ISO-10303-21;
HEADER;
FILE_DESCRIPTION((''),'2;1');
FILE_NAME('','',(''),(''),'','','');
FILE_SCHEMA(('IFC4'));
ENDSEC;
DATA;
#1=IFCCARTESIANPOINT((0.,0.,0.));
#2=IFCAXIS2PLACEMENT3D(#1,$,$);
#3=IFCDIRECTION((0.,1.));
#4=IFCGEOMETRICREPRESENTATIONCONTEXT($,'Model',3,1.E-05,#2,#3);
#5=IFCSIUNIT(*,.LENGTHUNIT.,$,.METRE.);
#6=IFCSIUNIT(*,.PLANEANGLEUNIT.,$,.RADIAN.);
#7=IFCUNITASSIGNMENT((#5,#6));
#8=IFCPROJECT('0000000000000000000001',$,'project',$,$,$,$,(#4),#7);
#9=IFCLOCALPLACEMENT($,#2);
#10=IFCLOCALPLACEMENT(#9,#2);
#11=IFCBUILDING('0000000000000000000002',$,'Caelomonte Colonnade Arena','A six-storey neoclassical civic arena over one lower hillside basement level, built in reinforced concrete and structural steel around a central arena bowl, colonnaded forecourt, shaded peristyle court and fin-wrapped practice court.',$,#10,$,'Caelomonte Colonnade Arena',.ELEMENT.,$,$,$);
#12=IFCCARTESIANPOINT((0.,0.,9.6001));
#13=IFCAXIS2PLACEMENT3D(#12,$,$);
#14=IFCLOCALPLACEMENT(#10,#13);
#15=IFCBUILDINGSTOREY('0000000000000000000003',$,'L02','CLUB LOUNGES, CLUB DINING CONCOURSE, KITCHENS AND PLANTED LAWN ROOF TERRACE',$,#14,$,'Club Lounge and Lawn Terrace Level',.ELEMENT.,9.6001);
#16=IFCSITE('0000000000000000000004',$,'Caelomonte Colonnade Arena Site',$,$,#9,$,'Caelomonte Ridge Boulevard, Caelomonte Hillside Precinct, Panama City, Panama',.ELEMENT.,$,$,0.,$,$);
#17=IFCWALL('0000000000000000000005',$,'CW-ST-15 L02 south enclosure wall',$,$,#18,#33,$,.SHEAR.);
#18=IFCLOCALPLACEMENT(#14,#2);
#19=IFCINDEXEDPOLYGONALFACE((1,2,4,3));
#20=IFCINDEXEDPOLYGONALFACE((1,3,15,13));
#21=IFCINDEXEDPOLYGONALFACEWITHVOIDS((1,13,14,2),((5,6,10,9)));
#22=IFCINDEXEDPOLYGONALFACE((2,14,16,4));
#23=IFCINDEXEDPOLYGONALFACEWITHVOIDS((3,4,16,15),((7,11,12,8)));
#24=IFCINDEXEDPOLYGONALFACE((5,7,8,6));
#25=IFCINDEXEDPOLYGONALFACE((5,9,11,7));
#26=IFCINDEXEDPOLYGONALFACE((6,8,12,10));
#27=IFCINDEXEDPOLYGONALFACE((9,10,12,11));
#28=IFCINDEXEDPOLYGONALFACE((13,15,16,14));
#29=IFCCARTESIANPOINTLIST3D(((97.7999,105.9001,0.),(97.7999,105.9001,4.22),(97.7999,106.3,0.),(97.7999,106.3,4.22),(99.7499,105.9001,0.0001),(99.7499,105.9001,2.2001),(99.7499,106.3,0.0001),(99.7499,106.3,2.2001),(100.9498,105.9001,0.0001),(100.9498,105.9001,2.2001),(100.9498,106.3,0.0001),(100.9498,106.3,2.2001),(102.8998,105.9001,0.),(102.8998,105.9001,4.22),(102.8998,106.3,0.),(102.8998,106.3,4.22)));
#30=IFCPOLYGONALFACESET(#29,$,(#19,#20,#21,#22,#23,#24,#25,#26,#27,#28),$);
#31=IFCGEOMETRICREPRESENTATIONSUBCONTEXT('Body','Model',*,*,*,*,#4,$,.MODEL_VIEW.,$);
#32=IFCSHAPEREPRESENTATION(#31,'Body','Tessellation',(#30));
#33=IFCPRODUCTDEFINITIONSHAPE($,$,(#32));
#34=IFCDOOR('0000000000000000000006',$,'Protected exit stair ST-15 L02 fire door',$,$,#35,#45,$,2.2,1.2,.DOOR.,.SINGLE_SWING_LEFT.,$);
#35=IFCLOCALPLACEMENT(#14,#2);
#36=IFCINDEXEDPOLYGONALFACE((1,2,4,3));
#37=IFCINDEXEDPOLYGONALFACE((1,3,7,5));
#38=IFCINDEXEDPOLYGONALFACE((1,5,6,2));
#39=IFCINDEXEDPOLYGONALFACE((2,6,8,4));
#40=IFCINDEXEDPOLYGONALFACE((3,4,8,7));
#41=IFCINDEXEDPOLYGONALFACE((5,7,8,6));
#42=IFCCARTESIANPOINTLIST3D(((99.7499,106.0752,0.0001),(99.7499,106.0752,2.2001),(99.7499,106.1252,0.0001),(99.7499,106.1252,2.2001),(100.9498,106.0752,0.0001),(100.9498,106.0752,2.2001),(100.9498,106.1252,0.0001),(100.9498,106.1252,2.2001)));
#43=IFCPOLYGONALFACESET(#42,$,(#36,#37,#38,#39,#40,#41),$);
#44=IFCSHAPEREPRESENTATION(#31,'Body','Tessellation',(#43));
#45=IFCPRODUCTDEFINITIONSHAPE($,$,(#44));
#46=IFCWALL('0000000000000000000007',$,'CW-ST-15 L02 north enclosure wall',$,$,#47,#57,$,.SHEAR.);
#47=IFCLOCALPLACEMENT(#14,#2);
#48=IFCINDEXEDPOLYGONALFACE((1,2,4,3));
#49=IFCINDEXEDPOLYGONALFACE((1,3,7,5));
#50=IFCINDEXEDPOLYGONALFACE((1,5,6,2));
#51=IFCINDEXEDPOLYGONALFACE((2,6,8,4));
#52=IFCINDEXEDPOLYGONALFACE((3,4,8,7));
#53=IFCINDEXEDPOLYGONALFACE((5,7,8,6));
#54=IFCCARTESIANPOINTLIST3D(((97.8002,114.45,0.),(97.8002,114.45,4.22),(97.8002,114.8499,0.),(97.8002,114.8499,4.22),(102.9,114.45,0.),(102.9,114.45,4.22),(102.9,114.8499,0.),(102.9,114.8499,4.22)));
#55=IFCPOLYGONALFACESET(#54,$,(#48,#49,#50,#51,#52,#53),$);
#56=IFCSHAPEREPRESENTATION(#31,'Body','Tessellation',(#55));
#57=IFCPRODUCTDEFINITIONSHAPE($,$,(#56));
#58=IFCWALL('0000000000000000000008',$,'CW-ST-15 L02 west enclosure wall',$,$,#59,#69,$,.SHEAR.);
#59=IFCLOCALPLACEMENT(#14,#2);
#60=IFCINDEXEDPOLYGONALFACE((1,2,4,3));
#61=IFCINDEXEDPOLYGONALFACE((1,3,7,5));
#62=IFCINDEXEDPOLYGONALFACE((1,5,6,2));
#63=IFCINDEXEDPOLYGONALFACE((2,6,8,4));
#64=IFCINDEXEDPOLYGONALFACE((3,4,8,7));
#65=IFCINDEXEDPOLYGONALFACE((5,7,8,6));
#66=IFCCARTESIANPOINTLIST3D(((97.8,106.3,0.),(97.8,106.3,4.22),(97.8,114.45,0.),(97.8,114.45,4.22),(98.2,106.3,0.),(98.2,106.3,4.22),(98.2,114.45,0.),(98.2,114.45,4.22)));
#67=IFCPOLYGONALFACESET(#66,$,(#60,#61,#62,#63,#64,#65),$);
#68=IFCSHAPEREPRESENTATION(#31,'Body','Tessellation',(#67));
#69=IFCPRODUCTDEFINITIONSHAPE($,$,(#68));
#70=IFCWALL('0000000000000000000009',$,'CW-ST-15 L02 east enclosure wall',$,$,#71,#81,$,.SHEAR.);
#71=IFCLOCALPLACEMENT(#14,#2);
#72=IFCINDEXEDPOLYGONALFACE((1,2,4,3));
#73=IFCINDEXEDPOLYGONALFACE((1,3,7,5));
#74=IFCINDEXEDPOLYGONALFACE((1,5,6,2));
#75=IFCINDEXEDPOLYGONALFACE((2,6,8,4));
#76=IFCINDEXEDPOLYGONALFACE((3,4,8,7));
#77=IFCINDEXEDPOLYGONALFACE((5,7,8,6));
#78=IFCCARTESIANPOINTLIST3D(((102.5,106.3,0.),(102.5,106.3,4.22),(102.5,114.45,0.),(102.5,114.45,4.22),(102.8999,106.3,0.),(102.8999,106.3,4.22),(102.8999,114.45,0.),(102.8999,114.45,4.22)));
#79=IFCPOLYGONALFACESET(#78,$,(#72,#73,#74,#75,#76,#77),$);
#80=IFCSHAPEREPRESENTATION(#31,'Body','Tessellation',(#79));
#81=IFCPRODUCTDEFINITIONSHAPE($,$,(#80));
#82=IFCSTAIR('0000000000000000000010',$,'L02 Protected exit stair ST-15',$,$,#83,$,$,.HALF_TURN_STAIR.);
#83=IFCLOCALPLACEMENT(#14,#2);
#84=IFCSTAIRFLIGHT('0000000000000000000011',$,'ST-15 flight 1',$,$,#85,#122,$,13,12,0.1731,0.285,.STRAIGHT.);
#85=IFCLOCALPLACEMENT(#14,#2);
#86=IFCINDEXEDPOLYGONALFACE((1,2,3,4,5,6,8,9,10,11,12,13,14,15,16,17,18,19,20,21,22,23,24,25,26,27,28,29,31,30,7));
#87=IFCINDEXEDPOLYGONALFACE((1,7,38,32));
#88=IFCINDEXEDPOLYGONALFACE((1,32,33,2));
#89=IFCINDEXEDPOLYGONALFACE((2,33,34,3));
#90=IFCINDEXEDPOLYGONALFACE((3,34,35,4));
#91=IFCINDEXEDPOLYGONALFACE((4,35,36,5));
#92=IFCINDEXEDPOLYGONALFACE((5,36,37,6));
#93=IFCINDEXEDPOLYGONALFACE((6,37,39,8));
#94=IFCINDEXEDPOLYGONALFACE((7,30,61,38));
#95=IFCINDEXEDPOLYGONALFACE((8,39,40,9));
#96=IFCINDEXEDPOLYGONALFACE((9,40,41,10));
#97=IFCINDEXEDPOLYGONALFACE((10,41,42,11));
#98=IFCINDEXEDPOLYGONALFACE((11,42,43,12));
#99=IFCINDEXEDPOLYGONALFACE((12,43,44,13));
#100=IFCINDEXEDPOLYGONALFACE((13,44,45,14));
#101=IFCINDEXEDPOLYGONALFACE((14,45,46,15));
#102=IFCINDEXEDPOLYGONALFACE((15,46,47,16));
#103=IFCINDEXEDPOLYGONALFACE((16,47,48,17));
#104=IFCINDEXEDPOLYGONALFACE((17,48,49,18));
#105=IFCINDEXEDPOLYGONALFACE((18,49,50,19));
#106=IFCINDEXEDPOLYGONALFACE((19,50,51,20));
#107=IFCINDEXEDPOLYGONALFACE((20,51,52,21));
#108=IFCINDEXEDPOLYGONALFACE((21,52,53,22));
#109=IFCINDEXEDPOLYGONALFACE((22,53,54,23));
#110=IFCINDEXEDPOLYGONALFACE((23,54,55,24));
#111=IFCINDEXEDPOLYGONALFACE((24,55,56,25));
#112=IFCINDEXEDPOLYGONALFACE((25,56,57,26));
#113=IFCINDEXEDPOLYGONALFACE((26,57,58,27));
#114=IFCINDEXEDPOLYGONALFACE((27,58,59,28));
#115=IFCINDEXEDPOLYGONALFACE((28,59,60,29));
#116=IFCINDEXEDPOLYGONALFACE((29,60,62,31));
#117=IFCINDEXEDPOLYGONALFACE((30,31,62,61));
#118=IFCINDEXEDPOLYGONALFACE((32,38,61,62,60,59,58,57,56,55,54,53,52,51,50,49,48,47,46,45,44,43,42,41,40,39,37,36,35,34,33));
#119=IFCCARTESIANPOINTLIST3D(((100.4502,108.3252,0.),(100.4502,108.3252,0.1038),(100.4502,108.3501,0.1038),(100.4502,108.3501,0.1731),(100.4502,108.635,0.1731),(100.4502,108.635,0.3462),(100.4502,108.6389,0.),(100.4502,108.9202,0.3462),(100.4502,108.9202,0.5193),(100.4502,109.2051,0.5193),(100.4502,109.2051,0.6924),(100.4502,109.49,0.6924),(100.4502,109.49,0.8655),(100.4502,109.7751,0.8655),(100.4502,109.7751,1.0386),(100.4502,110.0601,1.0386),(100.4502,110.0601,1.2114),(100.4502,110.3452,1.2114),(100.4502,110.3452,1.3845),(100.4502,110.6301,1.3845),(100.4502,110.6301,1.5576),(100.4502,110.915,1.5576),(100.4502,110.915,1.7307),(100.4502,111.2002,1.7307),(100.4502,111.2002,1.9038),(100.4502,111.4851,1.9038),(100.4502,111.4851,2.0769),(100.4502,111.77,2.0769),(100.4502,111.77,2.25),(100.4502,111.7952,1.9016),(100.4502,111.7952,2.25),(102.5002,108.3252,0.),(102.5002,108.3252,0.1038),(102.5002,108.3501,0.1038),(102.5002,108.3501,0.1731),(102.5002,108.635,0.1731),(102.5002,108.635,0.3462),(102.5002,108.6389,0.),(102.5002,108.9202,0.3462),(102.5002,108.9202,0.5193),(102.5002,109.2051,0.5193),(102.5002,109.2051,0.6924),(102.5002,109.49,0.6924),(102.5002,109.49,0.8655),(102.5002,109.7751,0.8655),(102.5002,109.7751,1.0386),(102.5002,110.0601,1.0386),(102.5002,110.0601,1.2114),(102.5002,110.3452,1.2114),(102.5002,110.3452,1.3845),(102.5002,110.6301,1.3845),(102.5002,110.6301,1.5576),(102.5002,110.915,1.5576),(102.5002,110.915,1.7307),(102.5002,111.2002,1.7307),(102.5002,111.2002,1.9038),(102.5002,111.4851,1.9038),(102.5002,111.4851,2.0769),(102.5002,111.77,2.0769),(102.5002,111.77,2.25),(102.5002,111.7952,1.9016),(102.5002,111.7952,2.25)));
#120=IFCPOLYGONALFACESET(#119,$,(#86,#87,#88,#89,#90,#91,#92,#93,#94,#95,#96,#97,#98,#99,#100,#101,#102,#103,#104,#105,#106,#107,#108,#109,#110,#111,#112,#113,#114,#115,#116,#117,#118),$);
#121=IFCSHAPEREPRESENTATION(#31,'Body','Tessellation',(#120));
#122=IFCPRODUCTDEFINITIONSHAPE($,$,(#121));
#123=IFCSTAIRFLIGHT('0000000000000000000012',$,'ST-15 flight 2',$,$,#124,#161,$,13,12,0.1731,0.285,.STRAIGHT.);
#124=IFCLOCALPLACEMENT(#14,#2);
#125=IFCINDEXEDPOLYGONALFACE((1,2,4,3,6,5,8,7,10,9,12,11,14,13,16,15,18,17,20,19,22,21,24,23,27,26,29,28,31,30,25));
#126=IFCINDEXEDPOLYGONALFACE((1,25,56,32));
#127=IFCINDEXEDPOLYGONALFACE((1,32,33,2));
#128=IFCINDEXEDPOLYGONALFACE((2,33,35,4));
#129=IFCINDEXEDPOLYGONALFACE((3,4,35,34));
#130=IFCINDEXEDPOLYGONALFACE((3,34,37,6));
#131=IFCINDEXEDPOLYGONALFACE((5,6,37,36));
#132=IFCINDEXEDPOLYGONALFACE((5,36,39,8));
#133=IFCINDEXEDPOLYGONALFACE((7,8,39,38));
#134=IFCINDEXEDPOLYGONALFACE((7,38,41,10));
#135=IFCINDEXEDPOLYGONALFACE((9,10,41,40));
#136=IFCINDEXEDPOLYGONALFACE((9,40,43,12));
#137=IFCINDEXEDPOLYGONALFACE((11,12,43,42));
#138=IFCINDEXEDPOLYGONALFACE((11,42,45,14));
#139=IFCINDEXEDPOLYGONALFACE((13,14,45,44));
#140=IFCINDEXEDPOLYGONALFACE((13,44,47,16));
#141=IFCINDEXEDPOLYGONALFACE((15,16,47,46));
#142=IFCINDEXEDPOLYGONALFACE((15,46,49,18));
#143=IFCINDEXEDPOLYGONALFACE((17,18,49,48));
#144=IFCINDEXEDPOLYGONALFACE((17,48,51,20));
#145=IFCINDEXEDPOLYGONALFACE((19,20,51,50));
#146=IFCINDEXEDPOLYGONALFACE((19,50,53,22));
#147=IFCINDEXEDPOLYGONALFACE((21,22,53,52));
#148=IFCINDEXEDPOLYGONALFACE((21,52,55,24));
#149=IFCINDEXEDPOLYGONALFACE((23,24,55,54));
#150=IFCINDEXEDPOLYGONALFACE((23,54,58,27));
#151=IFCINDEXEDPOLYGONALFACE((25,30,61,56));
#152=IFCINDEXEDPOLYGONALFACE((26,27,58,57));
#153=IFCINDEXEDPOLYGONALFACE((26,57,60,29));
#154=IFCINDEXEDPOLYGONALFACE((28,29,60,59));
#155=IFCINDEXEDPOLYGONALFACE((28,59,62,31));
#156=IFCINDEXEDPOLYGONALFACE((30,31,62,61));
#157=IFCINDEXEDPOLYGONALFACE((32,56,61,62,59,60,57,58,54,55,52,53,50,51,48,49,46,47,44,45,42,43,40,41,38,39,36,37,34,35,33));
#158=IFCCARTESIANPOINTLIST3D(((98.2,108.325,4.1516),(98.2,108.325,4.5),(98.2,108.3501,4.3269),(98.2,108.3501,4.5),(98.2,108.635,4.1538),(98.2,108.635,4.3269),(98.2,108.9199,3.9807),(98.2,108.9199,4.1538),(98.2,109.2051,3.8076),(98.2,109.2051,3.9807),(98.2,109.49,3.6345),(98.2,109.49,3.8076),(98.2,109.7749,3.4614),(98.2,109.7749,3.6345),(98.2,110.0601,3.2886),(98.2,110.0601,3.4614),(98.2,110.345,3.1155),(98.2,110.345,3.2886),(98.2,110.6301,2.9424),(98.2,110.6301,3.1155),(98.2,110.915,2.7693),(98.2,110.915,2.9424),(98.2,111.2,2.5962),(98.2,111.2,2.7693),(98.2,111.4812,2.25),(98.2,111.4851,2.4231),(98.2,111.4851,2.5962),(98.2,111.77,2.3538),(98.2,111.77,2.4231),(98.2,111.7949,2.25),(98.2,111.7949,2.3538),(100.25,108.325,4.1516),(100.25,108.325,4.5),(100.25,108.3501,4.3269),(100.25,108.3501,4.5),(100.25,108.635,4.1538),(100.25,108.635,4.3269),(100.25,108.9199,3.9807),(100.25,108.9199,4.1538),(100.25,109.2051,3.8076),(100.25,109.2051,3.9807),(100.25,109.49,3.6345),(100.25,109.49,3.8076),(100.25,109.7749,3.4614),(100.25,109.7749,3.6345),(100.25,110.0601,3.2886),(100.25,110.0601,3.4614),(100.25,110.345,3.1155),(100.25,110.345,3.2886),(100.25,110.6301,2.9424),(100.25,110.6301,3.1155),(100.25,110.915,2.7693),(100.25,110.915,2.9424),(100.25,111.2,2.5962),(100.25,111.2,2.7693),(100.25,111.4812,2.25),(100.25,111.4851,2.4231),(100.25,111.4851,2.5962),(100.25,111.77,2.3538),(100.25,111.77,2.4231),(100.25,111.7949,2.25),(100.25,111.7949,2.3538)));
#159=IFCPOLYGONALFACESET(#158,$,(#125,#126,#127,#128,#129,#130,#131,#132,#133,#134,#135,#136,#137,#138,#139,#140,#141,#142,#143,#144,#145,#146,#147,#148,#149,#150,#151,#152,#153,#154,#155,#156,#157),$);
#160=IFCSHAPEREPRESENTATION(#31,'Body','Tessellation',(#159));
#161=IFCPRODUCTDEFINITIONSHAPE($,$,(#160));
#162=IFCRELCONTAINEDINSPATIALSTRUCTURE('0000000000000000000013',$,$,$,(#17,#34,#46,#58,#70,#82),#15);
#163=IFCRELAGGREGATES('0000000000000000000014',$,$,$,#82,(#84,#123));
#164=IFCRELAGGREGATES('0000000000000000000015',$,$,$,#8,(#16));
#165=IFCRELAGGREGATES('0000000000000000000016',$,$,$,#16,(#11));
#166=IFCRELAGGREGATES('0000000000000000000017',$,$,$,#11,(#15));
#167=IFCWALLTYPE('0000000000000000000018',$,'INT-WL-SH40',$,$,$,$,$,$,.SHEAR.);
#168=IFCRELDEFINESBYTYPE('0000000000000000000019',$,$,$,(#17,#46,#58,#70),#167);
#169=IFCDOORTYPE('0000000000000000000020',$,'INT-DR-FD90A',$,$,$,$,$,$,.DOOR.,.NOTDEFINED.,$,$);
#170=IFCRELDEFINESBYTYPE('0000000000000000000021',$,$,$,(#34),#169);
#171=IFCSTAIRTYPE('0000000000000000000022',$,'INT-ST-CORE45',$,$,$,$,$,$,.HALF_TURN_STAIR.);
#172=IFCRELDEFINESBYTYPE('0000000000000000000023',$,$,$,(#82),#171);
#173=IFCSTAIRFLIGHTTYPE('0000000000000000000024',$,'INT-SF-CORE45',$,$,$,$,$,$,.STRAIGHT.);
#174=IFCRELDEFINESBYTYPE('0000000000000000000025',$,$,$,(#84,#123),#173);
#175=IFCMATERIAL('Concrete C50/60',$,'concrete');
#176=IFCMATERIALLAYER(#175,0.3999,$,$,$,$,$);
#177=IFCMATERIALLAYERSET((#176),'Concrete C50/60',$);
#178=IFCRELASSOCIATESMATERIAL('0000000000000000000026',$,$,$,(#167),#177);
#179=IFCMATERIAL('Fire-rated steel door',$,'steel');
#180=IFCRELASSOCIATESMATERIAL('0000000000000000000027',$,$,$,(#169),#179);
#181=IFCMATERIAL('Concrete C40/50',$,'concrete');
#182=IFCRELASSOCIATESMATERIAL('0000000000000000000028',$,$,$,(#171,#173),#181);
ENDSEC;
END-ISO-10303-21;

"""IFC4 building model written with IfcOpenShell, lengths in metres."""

from ifc_helpers import new_model, si_unit, direction, frame, frame_2d, origin, place, context, subcontext, project, spatial, polyline, rectangle, outline, extrude, material, layer, layer_set, type_object, element, fill, aggregate, save


model = new_model("IFC4")

# Units and contexts
model_context = context("Model", 3, precision=1e-05, world=origin(), true_north=direction((0.0, 1.0)))
body_context = subcontext(model_context, "Body", "Model", "MODEL_VIEW")
ifc_project = project(units=[si_unit("LENGTHUNIT", "METRE"), si_unit("PLANEANGLEUNIT", "RADIAN")], contexts=[model_context])

# Site, building, storey
site_placement = place(None, origin())
site = spatial("IfcSite", under=ifc_project, at=site_placement, Name="Caelomonte Colonnade Arena Site", LongName="Caelomonte Ridge Boulevard, Caelomonte Hillside Precinct, Panama City, Panama", CompositionType="ELEMENT", RefElevation=0.0)
building_placement = place(site_placement, origin())
building = spatial("IfcBuilding", under=site, at=building_placement, Name="Caelomonte Colonnade Arena", Description="A six-storey neoclassical civic arena over one lower hillside basement level, built in reinforced concrete and structural steel around a central arena bowl, colonnaded forecourt, shaded peristyle court and fin-wrapped practice court.", LongName="Caelomonte Colonnade Arena", CompositionType="ELEMENT")
storey_placement = place(building_placement, frame((0.0, 0.0, 9.6001)))
storey = spatial("IfcBuildingStorey", under=building, at=storey_placement, Name="L02", Description="CLUB LOUNGES, CLUB DINING CONCOURSE, KITCHENS AND PLANTED LAWN ROOF TERRACE", LongName="Club Lounge and Lawn Terrace Level", CompositionType="ELEMENT", Elevation=9.6001)

# Wall, opening, door
ifc_material_1 = material(Name="Concrete C50/60", Category="concrete")
ifc_layer_1 = layer(ifc_material_1, 0.3999)
ifc_layer_set_1 = layer_set([ifc_layer_1], Name="Concrete C50/60")
wall_type_1 = type_object("IfcWallType", Name="INT-WL-SH40", PredefinedType="SHEAR", material=ifc_layer_set_1)
wall_1_placement = place(storey_placement, frame((97.8, 106.1001, 0.0), z_axis=(0.0, 0.0, 1.0), x_axis=(1.0, 0.0, 0.0)))
wall_1 = element("IfcWall", 1, at=wall_1_placement, inside=storey, type_object=wall_type_1, Name="CW-ST-15 L02 south enclosure wall", PredefinedType="SHEAR", context=body_context, shape_type="SweptSolid", body=[
    extrude(rectangle(XDim=5.0999, YDim=0.3999, at=frame_2d((2.5498, 0.0))), origin(), (0.0, 0.0, 1.0), 4.22),
])
opening_placement = place(wall_1_placement, frame((3.1499, 0.0, 0.0), z_axis=(0.0, 0.0, 1.0), x_axis=(-1.0, 0.0, 0.0)))
opening = element("IfcOpeningElement", 2, at=opening_placement, cuts=wall_1, PredefinedType="OPENING", context=body_context, shape_type="SweptSolid", body=[
    extrude(rectangle(XDim=1.2, YDim=2.2, at=frame_2d((0.6001, 1.1001))), frame((0.0, 0.21, 0.0), z_axis=(0.0, -1.0, 0.0), x_axis=(1.0, 0.0, 0.0)), (0.0, 0.0, 1.0), 0.4199),
])
ifc_material_2 = material(Name="Fire-rated steel door", Category="steel")
door_type = type_object("IfcDoorType", Name="INT-DR-FD90A", OperationType="NOTDEFINED", PredefinedType="DOOR", material=ifc_material_2)
door_placement = place(opening_placement, origin())
door = element("IfcDoor", 3, at=door_placement, inside=storey, type_object=door_type, Name="Protected exit stair ST-15 L02 fire door", OperationType="SINGLE_SWING_LEFT", OverallHeight=2.2, OverallWidth=1.2, PredefinedType="DOOR", context=body_context, shape_type="SweptSolid", body=[
    extrude(rectangle(XDim=1.2, YDim=2.2, at=frame_2d((0.6001, 1.1001))), frame((0.0, 0.0249, 0.0), z_axis=(0.0, -1.0, 0.0), x_axis=(1.0, 0.0, 0.0)), (0.0, 0.0, 1.0), 0.05),
])
fill(opening, door)

# Walls
wall_2_placement = place(storey_placement, frame((102.8999, 114.6499, 0.0), z_axis=(0.0, 0.0, 1.0), x_axis=(-1.0, 0.0, 0.0)))
element("IfcWall", 4, at=wall_2_placement, inside=storey, type_object=wall_type_1, Name="CW-ST-15 L02 north enclosure wall", PredefinedType="SHEAR", context=body_context, shape_type="SweptSolid", body=[
    extrude(rectangle(XDim=5.0999, YDim=0.3999, at=frame_2d((2.5498, 0.0))), origin(), (0.0, 0.0, 1.0), 4.22),
])
for number, where, z_axis, x_axis, name in (
    (5, (98.0, 114.45, 0.0), (0.0, 0.0, 1.0), (0.0, -1.0, 0.0), "CW-ST-15 L02 west enclosure wall"),
    (6, (102.7, 106.3, 0.0), (0.0, 0.0, 1.0), (0.0, 1.0, 0.0), "CW-ST-15 L02 east enclosure wall"),
):
    element("IfcWall", number, at=place(storey_placement, frame(where, z_axis=z_axis, x_axis=x_axis)), inside=storey, type_object=wall_type_1, Name=name, PredefinedType="SHEAR", context=body_context, shape_type="SweptSolid", body=[
        extrude(rectangle(XDim=8.1499, YDim=0.3999, at=frame_2d((4.075, 0.0))), origin(), (0.0, 0.0, 1.0), 4.22),
    ])

# Stair, stair flights
ifc_material_3 = material(Name="Concrete C40/50", Category="concrete")
stair_type = type_object("IfcStairType", Name="INT-ST-CORE45", PredefinedType="HALF_TURN_STAIR", material=ifc_material_3)
stair_placement = place(storey_placement, origin())
stair = element("IfcStair", 7, at=stair_placement, inside=storey, type_object=stair_type, Name="L02 Protected exit stair ST-15", PredefinedType="HALF_TURN_STAIR")
stair_flight_type = type_object("IfcStairFlightType", Name="INT-SF-CORE45", PredefinedType="STRAIGHT", material=ifc_material_3)
stair_flight_1_placement = place(storey_placement, frame((101.4751, 108.3501, 0.0), z_axis=(0.0, 0.0, 1.0), x_axis=(0.0, 1.0, 0.0)))
stair_flight_1 = element("IfcStairFlight", 8, at=stair_flight_1_placement, type_object=stair_flight_type, Name="ST-15 flight 1", NumberOfRisers=13, NumberOfTreads=12, PredefinedType="STRAIGHT", RiserHeight=0.1731, TreadLength=0.285, context=body_context, shape_type="SweptSolid", body=[
    extrude(outline(polyline([(-0.0249, 0.0), (-0.0249, 0.1038), (0.0, 0.1038), (0.0, 0.1731), (0.2849, 0.1731), (0.2849, 0.3462), (0.5701, 0.3462), (0.5701, 0.5193), (0.855, 0.5193), (0.855, 0.6924), (1.1399, 0.6924), (1.1399, 0.8655), (1.425, 0.8655), (1.425, 1.0386), (1.71, 1.0386), (1.71, 1.2114), (1.9951, 1.2114), (1.9951, 1.3845), (2.28, 1.3845), (2.28, 1.5576), (2.5649, 1.5576), (2.5649, 1.7307), (2.8501, 1.7307), (2.8501, 1.9038), (3.135, 1.9038), (3.135, 2.0769), (3.4199, 2.0769), (3.4199, 2.25), (3.4451, 2.25), (3.4451, 1.9016), (0.2888, 0.0), (-0.0249, 0.0)])), frame((0.0, 1.0249, 0.0), z_axis=(0.0, -1.0, 0.0), x_axis=(1.0, 0.0, 0.0)), (0.0, 0.0, 1.0), 2.05),
])
stair_flight_2_placement = place(storey_placement, frame((99.2251, 111.77, 2.25), z_axis=(0.0, 0.0, 1.0), x_axis=(0.0, -1.0, 0.0)))
stair_flight_2 = element("IfcStairFlight", 9, at=stair_flight_2_placement, type_object=stair_flight_type, Name="ST-15 flight 2", NumberOfRisers=13, NumberOfTreads=12, PredefinedType="STRAIGHT", RiserHeight=0.1731, TreadLength=0.285, context=body_context, shape_type="SweptSolid", body=[
    extrude(outline(polyline([(-0.0249, 0.0), (-0.0249, 0.1038), (0.0, 0.1038), (0.0, 0.1731), (0.2849, 0.1731), (0.2849, 0.3462), (0.5701, 0.3462), (0.5701, 0.5193), (0.855, 0.5193), (0.855, 0.6924), (1.1399, 0.6924), (1.1399, 0.8655), (1.425, 0.8655), (1.425, 1.0386), (1.71, 1.0386), (1.71, 1.2114), (1.9951, 1.2114), (1.9951, 1.3845), (2.28, 1.3845), (2.28, 1.5576), (2.5649, 1.5576), (2.5649, 1.7307), (2.8501, 1.7307), (2.8501, 1.9038), (3.135, 1.9038), (3.135, 2.0769), (3.4199, 2.0769), (3.4199, 2.25), (3.4451, 2.25), (3.4451, 1.9016), (0.2888, 0.0), (-0.0249, 0.0)])), frame((0.0, 1.0249, 0.0), z_axis=(0.0, -1.0, 0.0), x_axis=(1.0, 0.0, 0.0)), (0.0, 0.0, 1.0), 2.05),
])
aggregate(stair, [stair_flight_1, stair_flight_2])

save(model, "model.ifc")
